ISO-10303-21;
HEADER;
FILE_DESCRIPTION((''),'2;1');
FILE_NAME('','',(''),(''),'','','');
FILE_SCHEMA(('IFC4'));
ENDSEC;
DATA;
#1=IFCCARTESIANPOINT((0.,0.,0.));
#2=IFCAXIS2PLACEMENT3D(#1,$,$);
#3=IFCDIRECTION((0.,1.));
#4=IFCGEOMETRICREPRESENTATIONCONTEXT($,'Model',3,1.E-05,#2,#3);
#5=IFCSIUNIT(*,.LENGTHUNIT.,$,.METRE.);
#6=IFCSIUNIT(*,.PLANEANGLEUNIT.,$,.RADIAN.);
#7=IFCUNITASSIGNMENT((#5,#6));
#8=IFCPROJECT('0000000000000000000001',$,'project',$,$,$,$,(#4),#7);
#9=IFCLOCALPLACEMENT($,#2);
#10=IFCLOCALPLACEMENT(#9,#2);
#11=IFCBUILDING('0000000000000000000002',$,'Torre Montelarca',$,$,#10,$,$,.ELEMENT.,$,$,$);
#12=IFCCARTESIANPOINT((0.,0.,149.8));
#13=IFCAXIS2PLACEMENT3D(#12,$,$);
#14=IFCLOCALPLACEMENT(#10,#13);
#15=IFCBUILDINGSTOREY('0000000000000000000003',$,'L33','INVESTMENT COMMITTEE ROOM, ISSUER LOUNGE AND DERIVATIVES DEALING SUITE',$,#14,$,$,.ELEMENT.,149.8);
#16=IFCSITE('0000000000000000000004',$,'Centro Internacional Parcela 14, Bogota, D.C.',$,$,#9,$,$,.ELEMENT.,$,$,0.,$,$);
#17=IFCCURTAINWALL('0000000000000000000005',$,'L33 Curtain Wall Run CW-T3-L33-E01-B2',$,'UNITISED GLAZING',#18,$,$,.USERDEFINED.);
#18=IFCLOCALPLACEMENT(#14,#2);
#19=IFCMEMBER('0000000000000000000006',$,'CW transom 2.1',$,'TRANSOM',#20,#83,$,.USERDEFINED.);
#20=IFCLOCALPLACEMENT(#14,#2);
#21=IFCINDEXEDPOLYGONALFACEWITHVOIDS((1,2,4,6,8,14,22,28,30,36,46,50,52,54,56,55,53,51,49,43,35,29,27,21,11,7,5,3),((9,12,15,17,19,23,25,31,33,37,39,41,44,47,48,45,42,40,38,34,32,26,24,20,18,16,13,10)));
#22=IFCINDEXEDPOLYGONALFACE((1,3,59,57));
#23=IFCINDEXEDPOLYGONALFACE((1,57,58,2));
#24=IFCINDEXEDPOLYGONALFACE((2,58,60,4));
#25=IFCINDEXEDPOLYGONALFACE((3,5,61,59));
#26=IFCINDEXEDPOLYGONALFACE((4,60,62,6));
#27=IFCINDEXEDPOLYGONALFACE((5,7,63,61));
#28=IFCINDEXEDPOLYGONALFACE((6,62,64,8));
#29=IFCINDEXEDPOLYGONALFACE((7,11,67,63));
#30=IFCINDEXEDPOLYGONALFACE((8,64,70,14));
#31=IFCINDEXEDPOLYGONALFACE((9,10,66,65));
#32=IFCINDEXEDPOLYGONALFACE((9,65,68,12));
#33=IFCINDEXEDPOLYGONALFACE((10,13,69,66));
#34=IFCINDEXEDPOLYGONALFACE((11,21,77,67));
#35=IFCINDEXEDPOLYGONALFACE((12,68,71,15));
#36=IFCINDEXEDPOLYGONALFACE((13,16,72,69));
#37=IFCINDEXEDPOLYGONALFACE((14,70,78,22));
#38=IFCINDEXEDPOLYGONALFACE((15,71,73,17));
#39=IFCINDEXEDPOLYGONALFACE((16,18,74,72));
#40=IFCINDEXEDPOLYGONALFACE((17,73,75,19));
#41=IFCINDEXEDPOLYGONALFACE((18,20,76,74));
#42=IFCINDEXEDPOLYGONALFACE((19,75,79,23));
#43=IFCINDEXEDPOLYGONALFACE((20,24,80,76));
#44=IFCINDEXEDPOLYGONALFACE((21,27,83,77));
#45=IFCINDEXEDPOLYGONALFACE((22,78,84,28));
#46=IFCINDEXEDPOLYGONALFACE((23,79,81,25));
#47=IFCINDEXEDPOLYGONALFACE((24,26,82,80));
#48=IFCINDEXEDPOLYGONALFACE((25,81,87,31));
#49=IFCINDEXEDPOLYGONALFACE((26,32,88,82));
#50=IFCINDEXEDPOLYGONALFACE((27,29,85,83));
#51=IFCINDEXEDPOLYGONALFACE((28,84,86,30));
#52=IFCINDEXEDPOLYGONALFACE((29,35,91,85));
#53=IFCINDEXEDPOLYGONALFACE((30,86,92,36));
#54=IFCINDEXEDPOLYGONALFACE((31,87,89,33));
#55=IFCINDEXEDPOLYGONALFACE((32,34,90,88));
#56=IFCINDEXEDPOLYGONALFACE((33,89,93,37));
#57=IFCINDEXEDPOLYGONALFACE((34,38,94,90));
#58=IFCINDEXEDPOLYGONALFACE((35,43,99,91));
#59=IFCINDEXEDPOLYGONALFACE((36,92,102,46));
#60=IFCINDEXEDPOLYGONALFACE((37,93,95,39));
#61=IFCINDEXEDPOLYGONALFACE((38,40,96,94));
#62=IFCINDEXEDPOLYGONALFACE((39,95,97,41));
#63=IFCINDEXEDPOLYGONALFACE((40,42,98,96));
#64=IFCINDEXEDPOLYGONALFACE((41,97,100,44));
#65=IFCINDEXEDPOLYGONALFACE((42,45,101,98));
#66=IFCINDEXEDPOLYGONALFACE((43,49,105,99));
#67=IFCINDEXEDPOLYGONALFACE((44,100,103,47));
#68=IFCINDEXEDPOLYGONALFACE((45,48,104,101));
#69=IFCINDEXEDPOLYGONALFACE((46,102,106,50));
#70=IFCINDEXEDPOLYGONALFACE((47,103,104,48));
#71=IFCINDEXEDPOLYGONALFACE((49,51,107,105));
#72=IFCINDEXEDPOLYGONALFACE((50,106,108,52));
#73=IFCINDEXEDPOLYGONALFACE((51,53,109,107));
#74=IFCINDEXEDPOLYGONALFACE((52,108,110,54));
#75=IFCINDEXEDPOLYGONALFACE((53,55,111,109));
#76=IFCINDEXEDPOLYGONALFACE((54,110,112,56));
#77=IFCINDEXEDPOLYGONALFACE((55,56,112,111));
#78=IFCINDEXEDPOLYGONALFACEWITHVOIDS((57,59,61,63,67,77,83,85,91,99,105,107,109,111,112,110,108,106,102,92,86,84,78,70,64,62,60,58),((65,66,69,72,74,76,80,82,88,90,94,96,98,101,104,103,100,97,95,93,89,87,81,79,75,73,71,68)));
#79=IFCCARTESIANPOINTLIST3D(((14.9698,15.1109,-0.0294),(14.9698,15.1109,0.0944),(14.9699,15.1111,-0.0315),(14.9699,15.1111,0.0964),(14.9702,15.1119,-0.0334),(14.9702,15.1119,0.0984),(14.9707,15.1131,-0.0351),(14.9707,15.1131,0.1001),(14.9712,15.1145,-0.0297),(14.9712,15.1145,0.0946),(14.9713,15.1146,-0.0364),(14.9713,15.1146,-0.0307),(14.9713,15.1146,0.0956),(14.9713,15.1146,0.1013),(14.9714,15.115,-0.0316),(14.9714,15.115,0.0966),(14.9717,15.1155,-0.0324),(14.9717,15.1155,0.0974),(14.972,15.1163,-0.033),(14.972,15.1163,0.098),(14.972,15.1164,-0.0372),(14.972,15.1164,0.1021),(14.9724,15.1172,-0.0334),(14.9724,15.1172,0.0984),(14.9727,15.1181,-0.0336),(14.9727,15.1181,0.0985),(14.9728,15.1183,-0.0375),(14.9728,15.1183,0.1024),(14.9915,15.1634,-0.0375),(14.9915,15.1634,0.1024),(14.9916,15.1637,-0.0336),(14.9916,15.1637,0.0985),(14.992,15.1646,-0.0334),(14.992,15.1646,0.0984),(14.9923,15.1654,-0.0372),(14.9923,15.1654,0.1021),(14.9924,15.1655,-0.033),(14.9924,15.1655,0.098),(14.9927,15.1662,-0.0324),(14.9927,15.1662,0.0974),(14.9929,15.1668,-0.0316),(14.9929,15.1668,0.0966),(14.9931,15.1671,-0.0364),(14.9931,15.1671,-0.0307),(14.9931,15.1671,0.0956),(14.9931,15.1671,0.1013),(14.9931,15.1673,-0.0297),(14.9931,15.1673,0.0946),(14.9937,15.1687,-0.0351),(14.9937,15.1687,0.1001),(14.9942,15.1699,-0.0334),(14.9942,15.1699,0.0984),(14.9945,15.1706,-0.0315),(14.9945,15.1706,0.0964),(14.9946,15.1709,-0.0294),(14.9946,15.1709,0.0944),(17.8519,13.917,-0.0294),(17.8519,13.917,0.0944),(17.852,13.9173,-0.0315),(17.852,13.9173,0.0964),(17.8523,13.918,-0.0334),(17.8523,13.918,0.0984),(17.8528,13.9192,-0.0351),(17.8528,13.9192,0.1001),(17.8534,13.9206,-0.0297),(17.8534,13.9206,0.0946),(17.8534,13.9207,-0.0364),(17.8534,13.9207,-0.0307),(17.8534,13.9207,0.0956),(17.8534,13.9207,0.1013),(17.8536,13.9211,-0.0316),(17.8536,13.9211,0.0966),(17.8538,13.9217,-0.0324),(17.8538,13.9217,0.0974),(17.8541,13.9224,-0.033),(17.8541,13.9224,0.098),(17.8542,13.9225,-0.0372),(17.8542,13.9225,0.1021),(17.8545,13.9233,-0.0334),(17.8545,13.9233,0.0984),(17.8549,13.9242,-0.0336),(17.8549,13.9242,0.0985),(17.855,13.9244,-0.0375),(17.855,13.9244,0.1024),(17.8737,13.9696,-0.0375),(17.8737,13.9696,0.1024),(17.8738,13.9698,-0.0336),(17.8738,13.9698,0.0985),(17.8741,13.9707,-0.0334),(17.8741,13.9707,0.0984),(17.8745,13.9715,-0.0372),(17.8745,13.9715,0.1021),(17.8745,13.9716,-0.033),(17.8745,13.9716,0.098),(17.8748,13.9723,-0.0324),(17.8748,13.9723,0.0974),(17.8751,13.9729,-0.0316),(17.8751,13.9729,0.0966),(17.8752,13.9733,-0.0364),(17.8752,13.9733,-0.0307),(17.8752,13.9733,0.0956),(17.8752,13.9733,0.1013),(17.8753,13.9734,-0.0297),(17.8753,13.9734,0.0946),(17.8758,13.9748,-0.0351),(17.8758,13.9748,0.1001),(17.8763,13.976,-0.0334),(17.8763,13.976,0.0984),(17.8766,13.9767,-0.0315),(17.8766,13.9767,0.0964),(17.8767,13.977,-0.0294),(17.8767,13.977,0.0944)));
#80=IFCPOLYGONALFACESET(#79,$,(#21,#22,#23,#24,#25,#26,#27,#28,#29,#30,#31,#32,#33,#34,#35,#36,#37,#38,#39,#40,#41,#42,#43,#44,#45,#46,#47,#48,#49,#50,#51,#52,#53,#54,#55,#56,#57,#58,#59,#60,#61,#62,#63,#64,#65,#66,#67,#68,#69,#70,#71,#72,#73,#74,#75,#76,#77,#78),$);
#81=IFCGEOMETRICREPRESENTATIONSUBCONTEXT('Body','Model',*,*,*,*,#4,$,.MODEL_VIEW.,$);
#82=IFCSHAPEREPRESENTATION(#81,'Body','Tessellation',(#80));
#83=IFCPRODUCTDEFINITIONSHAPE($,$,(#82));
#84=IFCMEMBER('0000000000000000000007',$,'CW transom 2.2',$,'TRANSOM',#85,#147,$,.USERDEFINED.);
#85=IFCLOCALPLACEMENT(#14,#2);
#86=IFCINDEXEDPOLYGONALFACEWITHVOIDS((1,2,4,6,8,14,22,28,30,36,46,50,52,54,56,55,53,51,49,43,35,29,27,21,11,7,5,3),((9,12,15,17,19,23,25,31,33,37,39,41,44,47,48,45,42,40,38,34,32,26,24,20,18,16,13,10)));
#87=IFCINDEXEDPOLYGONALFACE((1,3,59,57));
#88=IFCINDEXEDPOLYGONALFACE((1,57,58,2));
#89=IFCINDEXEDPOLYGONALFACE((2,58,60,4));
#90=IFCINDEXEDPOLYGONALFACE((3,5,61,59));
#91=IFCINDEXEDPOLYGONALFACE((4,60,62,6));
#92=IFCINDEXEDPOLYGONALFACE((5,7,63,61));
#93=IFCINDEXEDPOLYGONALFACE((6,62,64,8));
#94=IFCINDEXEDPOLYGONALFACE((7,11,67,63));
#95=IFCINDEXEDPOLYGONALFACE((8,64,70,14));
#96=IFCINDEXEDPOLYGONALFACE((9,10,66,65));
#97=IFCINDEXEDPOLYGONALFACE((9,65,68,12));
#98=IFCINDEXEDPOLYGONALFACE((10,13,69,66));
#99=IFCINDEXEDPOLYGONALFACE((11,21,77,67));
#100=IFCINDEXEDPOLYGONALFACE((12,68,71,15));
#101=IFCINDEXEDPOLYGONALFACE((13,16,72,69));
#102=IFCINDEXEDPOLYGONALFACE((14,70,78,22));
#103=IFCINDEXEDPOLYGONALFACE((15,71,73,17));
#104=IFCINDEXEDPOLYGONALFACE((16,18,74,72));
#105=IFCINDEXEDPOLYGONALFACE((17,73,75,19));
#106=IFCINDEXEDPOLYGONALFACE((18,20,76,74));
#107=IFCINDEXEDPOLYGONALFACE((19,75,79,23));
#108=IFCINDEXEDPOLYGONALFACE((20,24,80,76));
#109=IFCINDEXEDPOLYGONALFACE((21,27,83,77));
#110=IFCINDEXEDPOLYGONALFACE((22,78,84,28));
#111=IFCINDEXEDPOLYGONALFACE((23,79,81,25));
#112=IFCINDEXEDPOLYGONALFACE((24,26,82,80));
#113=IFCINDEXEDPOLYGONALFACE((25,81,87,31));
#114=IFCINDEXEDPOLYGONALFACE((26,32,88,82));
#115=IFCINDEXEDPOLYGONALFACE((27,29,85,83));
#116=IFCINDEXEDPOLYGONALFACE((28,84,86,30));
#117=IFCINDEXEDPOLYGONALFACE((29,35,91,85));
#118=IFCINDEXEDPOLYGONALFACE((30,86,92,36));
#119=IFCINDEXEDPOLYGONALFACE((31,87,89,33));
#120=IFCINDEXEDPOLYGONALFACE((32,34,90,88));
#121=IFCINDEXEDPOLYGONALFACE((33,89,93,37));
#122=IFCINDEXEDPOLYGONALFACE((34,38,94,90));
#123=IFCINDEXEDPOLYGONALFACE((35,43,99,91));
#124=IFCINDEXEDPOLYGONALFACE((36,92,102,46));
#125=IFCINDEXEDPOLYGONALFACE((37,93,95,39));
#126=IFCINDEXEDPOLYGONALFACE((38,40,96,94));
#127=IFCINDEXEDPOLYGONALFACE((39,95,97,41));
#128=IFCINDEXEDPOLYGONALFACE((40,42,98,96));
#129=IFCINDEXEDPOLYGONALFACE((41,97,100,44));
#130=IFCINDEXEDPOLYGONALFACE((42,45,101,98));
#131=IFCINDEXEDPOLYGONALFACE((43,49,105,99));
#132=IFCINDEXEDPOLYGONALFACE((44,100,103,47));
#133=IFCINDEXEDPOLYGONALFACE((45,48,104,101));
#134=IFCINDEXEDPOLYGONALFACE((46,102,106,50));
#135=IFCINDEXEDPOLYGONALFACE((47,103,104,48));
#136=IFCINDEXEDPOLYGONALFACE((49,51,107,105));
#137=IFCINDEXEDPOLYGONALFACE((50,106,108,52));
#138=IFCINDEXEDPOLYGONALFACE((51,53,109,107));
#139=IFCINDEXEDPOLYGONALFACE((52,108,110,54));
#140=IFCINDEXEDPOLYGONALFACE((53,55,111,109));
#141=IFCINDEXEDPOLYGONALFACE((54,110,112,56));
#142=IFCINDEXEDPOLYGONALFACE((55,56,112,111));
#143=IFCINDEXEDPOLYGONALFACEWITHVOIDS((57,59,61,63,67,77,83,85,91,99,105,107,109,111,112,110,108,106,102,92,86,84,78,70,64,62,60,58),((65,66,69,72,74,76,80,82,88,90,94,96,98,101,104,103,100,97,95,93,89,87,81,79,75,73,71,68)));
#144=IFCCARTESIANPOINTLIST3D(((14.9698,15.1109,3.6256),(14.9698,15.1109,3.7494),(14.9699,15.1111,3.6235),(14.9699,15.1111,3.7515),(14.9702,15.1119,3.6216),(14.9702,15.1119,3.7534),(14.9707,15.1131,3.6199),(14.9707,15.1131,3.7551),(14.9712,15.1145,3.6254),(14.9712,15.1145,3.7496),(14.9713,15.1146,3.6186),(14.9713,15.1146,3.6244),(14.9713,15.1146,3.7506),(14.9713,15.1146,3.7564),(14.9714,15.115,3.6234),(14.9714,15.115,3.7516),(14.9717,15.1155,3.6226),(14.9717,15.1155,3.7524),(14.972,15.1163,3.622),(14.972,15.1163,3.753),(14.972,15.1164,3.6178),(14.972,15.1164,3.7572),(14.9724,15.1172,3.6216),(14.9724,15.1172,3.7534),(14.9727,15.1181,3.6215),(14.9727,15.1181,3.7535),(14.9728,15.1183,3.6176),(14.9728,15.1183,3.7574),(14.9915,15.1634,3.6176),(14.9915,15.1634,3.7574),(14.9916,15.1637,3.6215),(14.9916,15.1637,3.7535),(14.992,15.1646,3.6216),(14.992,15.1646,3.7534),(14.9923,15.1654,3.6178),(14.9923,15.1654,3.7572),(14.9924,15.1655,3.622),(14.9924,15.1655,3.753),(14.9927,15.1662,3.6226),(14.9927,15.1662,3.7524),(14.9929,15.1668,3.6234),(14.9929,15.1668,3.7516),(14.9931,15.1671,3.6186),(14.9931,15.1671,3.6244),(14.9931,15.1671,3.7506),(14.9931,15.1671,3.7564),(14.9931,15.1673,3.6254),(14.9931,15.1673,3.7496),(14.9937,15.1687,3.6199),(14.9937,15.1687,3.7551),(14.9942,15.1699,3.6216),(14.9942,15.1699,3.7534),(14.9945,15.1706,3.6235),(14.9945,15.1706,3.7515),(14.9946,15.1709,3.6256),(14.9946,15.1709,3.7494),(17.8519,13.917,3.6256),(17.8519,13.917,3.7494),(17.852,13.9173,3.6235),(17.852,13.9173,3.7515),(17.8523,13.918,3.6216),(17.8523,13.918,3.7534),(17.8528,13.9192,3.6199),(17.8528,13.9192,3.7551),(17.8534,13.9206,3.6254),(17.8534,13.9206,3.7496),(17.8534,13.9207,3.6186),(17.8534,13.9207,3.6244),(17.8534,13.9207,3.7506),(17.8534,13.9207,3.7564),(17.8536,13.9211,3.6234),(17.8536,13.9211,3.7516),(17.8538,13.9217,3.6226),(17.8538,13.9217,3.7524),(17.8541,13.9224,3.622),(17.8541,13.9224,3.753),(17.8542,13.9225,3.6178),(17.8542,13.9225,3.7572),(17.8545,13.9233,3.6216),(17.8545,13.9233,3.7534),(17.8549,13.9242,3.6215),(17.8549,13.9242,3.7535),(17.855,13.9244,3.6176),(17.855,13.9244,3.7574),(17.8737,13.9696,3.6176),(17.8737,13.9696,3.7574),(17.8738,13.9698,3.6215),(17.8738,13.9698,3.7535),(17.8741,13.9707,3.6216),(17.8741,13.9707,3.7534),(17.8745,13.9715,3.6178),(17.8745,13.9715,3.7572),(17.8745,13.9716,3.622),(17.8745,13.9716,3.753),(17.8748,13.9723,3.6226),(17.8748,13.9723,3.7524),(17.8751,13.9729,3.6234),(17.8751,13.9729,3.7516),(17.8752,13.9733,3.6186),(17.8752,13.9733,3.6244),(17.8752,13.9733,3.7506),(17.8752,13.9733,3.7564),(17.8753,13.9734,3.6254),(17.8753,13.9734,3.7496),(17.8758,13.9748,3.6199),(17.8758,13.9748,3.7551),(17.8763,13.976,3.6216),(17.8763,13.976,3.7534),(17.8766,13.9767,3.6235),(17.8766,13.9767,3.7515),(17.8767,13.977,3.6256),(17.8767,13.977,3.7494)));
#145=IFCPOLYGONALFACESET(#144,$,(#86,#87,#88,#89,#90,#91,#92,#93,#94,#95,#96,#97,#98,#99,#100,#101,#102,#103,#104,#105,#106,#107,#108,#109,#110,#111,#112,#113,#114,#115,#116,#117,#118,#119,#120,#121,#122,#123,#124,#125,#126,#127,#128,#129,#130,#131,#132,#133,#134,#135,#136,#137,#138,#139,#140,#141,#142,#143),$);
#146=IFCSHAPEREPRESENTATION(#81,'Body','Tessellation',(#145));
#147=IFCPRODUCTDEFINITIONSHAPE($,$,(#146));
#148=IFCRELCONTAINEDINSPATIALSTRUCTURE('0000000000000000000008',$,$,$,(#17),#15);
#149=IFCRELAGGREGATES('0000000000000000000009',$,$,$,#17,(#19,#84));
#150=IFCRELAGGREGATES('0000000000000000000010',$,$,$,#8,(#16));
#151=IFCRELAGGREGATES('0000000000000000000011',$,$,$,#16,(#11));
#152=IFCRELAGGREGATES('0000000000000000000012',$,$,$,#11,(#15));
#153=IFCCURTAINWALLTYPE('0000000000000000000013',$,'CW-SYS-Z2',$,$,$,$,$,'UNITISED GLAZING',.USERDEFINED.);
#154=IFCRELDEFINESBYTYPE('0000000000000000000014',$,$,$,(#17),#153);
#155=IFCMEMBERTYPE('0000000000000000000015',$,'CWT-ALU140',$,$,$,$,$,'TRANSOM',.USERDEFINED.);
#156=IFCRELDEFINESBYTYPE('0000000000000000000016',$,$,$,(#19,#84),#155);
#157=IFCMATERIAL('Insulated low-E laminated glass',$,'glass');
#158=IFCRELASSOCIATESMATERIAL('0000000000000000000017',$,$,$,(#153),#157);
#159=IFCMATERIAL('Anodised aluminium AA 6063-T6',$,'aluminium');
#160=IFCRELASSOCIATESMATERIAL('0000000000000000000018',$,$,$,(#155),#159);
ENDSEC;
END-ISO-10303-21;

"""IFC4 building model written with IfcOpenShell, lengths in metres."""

from ifc_helpers import new_model, si_unit, direction, frame, origin, origin_2d, place, context, subcontext, project, spatial, hollow_rectangle, extrude, source, transform, mapped, material, material_profile, profile_set, type_object, element, aggregate, save


model = new_model("IFC4")

# Units and contexts
model_context = context("Model", 3, precision=1e-05, world=origin(), true_north=direction((0.0, 1.0)))
body_context = subcontext(model_context, "Body", "Model", "MODEL_VIEW")
ifc_project = project(units=[si_unit("LENGTHUNIT", "METRE"), si_unit("PLANEANGLEUNIT", "RADIAN")], contexts=[model_context])

# Site, building, storey
site_placement = place(None, origin())
site = spatial("IfcSite", under=ifc_project, at=site_placement, Name="Centro Internacional Parcela 14, Bogota, D.C.", CompositionType="ELEMENT", RefElevation=0.0)
building_placement = place(site_placement, origin())
building = spatial("IfcBuilding", under=site, at=building_placement, Name="Torre Montelarca", CompositionType="ELEMENT")
storey_placement = place(building_placement, frame((0.0, 0.0, 149.8)))
storey = spatial("IfcBuildingStorey", under=building, at=storey_placement, Name="L33", Description="INVESTMENT COMMITTEE ROOM, ISSUER LOUNGE AND DERIVATIVES DEALING SUITE", CompositionType="ELEMENT", Elevation=149.8)

# Curtain wall
ifc_material_1 = material(Name="Insulated low-E laminated glass", Category="glass")
curtain_wall_type = type_object("IfcCurtainWallType", Name="CW-SYS-Z2", ElementType="UNITISED GLAZING", PredefinedType="USERDEFINED", material=ifc_material_1)
ifc_material_2 = material(Name="Anodised aluminium AA 6063-T6", Category="aluminium")
curtain_wall_1_placement = place(storey_placement, origin())
curtain_wall_1 = element("IfcCurtainWall", 1, at=curtain_wall_1_placement, inside=storey, type_object=curtain_wall_type, Name="L33 Curtain Wall Run CW-T3-L33-E01-B2", ObjectType="UNITISED GLAZING", PredefinedType="USERDEFINED")

# Members
ifc_material_profile_1 = material_profile(ifc_material_2, hollow_rectangle(XDim=0.0649, YDim=0.1399, WallThickness=0.0039, InnerFilletRadius=0.0039, OuterFilletRadius=0.0081, at=origin_2d()), Name="ALU65X140X4", Category="aluminium")
ifc_profile_set_1 = profile_set([ifc_material_profile_1], Name="Anodised aluminium AA 6063-T6")
member_type_1 = type_object("IfcMemberType", Name="CWT-ALU140", ElementType="TRANSOM", PredefinedType="USERDEFINED", material=ifc_profile_set_1)
shared_shape_1 = source(origin(), body_context, "Body", "SweptSolid", [
    extrude(hollow_rectangle(XDim=0.0649, YDim=0.1399, WallThickness=0.0039, InnerFilletRadius=0.0039, OuterFilletRadius=0.0081, at=origin_2d()), origin(), (0.0, 0.0, 1.0), 3.1196),
])
member_1_placement = place(storey_placement, frame((14.9822, 15.1409, 0.0325), z_axis=(0.923874, -0.382697, 0.0), x_axis=(0.382697, 0.923874, 0.0)))
member_1 = element("IfcMember", 2, at=member_1_placement, type_object=member_type_1, Name="CW transom 2.1", ObjectType="TRANSOM", PredefinedType="USERDEFINED", context=body_context, shape_type="MappedRepresentation", body=[
    mapped(shared_shape_1, transform((0.0, 0.0, 0.0), scale=1.0)),
])
member_2_placement = place(storey_placement, frame((14.9822, 15.1409, 3.6875), z_axis=(0.923874, -0.382697, 0.0), x_axis=(0.382697, 0.923874, 0.0)))
member_2 = element("IfcMember", 3, at=member_2_placement, type_object=member_type_1, Name="CW transom 2.2", ObjectType="TRANSOM", PredefinedType="USERDEFINED", context=body_context, shape_type="MappedRepresentation", body=[
    mapped(shared_shape_1, transform((0.0, 0.0, 0.0), scale=1.0)),
])

aggregate(curtain_wall_1, [member_1, member_2])

save(model, "model.ifc")
